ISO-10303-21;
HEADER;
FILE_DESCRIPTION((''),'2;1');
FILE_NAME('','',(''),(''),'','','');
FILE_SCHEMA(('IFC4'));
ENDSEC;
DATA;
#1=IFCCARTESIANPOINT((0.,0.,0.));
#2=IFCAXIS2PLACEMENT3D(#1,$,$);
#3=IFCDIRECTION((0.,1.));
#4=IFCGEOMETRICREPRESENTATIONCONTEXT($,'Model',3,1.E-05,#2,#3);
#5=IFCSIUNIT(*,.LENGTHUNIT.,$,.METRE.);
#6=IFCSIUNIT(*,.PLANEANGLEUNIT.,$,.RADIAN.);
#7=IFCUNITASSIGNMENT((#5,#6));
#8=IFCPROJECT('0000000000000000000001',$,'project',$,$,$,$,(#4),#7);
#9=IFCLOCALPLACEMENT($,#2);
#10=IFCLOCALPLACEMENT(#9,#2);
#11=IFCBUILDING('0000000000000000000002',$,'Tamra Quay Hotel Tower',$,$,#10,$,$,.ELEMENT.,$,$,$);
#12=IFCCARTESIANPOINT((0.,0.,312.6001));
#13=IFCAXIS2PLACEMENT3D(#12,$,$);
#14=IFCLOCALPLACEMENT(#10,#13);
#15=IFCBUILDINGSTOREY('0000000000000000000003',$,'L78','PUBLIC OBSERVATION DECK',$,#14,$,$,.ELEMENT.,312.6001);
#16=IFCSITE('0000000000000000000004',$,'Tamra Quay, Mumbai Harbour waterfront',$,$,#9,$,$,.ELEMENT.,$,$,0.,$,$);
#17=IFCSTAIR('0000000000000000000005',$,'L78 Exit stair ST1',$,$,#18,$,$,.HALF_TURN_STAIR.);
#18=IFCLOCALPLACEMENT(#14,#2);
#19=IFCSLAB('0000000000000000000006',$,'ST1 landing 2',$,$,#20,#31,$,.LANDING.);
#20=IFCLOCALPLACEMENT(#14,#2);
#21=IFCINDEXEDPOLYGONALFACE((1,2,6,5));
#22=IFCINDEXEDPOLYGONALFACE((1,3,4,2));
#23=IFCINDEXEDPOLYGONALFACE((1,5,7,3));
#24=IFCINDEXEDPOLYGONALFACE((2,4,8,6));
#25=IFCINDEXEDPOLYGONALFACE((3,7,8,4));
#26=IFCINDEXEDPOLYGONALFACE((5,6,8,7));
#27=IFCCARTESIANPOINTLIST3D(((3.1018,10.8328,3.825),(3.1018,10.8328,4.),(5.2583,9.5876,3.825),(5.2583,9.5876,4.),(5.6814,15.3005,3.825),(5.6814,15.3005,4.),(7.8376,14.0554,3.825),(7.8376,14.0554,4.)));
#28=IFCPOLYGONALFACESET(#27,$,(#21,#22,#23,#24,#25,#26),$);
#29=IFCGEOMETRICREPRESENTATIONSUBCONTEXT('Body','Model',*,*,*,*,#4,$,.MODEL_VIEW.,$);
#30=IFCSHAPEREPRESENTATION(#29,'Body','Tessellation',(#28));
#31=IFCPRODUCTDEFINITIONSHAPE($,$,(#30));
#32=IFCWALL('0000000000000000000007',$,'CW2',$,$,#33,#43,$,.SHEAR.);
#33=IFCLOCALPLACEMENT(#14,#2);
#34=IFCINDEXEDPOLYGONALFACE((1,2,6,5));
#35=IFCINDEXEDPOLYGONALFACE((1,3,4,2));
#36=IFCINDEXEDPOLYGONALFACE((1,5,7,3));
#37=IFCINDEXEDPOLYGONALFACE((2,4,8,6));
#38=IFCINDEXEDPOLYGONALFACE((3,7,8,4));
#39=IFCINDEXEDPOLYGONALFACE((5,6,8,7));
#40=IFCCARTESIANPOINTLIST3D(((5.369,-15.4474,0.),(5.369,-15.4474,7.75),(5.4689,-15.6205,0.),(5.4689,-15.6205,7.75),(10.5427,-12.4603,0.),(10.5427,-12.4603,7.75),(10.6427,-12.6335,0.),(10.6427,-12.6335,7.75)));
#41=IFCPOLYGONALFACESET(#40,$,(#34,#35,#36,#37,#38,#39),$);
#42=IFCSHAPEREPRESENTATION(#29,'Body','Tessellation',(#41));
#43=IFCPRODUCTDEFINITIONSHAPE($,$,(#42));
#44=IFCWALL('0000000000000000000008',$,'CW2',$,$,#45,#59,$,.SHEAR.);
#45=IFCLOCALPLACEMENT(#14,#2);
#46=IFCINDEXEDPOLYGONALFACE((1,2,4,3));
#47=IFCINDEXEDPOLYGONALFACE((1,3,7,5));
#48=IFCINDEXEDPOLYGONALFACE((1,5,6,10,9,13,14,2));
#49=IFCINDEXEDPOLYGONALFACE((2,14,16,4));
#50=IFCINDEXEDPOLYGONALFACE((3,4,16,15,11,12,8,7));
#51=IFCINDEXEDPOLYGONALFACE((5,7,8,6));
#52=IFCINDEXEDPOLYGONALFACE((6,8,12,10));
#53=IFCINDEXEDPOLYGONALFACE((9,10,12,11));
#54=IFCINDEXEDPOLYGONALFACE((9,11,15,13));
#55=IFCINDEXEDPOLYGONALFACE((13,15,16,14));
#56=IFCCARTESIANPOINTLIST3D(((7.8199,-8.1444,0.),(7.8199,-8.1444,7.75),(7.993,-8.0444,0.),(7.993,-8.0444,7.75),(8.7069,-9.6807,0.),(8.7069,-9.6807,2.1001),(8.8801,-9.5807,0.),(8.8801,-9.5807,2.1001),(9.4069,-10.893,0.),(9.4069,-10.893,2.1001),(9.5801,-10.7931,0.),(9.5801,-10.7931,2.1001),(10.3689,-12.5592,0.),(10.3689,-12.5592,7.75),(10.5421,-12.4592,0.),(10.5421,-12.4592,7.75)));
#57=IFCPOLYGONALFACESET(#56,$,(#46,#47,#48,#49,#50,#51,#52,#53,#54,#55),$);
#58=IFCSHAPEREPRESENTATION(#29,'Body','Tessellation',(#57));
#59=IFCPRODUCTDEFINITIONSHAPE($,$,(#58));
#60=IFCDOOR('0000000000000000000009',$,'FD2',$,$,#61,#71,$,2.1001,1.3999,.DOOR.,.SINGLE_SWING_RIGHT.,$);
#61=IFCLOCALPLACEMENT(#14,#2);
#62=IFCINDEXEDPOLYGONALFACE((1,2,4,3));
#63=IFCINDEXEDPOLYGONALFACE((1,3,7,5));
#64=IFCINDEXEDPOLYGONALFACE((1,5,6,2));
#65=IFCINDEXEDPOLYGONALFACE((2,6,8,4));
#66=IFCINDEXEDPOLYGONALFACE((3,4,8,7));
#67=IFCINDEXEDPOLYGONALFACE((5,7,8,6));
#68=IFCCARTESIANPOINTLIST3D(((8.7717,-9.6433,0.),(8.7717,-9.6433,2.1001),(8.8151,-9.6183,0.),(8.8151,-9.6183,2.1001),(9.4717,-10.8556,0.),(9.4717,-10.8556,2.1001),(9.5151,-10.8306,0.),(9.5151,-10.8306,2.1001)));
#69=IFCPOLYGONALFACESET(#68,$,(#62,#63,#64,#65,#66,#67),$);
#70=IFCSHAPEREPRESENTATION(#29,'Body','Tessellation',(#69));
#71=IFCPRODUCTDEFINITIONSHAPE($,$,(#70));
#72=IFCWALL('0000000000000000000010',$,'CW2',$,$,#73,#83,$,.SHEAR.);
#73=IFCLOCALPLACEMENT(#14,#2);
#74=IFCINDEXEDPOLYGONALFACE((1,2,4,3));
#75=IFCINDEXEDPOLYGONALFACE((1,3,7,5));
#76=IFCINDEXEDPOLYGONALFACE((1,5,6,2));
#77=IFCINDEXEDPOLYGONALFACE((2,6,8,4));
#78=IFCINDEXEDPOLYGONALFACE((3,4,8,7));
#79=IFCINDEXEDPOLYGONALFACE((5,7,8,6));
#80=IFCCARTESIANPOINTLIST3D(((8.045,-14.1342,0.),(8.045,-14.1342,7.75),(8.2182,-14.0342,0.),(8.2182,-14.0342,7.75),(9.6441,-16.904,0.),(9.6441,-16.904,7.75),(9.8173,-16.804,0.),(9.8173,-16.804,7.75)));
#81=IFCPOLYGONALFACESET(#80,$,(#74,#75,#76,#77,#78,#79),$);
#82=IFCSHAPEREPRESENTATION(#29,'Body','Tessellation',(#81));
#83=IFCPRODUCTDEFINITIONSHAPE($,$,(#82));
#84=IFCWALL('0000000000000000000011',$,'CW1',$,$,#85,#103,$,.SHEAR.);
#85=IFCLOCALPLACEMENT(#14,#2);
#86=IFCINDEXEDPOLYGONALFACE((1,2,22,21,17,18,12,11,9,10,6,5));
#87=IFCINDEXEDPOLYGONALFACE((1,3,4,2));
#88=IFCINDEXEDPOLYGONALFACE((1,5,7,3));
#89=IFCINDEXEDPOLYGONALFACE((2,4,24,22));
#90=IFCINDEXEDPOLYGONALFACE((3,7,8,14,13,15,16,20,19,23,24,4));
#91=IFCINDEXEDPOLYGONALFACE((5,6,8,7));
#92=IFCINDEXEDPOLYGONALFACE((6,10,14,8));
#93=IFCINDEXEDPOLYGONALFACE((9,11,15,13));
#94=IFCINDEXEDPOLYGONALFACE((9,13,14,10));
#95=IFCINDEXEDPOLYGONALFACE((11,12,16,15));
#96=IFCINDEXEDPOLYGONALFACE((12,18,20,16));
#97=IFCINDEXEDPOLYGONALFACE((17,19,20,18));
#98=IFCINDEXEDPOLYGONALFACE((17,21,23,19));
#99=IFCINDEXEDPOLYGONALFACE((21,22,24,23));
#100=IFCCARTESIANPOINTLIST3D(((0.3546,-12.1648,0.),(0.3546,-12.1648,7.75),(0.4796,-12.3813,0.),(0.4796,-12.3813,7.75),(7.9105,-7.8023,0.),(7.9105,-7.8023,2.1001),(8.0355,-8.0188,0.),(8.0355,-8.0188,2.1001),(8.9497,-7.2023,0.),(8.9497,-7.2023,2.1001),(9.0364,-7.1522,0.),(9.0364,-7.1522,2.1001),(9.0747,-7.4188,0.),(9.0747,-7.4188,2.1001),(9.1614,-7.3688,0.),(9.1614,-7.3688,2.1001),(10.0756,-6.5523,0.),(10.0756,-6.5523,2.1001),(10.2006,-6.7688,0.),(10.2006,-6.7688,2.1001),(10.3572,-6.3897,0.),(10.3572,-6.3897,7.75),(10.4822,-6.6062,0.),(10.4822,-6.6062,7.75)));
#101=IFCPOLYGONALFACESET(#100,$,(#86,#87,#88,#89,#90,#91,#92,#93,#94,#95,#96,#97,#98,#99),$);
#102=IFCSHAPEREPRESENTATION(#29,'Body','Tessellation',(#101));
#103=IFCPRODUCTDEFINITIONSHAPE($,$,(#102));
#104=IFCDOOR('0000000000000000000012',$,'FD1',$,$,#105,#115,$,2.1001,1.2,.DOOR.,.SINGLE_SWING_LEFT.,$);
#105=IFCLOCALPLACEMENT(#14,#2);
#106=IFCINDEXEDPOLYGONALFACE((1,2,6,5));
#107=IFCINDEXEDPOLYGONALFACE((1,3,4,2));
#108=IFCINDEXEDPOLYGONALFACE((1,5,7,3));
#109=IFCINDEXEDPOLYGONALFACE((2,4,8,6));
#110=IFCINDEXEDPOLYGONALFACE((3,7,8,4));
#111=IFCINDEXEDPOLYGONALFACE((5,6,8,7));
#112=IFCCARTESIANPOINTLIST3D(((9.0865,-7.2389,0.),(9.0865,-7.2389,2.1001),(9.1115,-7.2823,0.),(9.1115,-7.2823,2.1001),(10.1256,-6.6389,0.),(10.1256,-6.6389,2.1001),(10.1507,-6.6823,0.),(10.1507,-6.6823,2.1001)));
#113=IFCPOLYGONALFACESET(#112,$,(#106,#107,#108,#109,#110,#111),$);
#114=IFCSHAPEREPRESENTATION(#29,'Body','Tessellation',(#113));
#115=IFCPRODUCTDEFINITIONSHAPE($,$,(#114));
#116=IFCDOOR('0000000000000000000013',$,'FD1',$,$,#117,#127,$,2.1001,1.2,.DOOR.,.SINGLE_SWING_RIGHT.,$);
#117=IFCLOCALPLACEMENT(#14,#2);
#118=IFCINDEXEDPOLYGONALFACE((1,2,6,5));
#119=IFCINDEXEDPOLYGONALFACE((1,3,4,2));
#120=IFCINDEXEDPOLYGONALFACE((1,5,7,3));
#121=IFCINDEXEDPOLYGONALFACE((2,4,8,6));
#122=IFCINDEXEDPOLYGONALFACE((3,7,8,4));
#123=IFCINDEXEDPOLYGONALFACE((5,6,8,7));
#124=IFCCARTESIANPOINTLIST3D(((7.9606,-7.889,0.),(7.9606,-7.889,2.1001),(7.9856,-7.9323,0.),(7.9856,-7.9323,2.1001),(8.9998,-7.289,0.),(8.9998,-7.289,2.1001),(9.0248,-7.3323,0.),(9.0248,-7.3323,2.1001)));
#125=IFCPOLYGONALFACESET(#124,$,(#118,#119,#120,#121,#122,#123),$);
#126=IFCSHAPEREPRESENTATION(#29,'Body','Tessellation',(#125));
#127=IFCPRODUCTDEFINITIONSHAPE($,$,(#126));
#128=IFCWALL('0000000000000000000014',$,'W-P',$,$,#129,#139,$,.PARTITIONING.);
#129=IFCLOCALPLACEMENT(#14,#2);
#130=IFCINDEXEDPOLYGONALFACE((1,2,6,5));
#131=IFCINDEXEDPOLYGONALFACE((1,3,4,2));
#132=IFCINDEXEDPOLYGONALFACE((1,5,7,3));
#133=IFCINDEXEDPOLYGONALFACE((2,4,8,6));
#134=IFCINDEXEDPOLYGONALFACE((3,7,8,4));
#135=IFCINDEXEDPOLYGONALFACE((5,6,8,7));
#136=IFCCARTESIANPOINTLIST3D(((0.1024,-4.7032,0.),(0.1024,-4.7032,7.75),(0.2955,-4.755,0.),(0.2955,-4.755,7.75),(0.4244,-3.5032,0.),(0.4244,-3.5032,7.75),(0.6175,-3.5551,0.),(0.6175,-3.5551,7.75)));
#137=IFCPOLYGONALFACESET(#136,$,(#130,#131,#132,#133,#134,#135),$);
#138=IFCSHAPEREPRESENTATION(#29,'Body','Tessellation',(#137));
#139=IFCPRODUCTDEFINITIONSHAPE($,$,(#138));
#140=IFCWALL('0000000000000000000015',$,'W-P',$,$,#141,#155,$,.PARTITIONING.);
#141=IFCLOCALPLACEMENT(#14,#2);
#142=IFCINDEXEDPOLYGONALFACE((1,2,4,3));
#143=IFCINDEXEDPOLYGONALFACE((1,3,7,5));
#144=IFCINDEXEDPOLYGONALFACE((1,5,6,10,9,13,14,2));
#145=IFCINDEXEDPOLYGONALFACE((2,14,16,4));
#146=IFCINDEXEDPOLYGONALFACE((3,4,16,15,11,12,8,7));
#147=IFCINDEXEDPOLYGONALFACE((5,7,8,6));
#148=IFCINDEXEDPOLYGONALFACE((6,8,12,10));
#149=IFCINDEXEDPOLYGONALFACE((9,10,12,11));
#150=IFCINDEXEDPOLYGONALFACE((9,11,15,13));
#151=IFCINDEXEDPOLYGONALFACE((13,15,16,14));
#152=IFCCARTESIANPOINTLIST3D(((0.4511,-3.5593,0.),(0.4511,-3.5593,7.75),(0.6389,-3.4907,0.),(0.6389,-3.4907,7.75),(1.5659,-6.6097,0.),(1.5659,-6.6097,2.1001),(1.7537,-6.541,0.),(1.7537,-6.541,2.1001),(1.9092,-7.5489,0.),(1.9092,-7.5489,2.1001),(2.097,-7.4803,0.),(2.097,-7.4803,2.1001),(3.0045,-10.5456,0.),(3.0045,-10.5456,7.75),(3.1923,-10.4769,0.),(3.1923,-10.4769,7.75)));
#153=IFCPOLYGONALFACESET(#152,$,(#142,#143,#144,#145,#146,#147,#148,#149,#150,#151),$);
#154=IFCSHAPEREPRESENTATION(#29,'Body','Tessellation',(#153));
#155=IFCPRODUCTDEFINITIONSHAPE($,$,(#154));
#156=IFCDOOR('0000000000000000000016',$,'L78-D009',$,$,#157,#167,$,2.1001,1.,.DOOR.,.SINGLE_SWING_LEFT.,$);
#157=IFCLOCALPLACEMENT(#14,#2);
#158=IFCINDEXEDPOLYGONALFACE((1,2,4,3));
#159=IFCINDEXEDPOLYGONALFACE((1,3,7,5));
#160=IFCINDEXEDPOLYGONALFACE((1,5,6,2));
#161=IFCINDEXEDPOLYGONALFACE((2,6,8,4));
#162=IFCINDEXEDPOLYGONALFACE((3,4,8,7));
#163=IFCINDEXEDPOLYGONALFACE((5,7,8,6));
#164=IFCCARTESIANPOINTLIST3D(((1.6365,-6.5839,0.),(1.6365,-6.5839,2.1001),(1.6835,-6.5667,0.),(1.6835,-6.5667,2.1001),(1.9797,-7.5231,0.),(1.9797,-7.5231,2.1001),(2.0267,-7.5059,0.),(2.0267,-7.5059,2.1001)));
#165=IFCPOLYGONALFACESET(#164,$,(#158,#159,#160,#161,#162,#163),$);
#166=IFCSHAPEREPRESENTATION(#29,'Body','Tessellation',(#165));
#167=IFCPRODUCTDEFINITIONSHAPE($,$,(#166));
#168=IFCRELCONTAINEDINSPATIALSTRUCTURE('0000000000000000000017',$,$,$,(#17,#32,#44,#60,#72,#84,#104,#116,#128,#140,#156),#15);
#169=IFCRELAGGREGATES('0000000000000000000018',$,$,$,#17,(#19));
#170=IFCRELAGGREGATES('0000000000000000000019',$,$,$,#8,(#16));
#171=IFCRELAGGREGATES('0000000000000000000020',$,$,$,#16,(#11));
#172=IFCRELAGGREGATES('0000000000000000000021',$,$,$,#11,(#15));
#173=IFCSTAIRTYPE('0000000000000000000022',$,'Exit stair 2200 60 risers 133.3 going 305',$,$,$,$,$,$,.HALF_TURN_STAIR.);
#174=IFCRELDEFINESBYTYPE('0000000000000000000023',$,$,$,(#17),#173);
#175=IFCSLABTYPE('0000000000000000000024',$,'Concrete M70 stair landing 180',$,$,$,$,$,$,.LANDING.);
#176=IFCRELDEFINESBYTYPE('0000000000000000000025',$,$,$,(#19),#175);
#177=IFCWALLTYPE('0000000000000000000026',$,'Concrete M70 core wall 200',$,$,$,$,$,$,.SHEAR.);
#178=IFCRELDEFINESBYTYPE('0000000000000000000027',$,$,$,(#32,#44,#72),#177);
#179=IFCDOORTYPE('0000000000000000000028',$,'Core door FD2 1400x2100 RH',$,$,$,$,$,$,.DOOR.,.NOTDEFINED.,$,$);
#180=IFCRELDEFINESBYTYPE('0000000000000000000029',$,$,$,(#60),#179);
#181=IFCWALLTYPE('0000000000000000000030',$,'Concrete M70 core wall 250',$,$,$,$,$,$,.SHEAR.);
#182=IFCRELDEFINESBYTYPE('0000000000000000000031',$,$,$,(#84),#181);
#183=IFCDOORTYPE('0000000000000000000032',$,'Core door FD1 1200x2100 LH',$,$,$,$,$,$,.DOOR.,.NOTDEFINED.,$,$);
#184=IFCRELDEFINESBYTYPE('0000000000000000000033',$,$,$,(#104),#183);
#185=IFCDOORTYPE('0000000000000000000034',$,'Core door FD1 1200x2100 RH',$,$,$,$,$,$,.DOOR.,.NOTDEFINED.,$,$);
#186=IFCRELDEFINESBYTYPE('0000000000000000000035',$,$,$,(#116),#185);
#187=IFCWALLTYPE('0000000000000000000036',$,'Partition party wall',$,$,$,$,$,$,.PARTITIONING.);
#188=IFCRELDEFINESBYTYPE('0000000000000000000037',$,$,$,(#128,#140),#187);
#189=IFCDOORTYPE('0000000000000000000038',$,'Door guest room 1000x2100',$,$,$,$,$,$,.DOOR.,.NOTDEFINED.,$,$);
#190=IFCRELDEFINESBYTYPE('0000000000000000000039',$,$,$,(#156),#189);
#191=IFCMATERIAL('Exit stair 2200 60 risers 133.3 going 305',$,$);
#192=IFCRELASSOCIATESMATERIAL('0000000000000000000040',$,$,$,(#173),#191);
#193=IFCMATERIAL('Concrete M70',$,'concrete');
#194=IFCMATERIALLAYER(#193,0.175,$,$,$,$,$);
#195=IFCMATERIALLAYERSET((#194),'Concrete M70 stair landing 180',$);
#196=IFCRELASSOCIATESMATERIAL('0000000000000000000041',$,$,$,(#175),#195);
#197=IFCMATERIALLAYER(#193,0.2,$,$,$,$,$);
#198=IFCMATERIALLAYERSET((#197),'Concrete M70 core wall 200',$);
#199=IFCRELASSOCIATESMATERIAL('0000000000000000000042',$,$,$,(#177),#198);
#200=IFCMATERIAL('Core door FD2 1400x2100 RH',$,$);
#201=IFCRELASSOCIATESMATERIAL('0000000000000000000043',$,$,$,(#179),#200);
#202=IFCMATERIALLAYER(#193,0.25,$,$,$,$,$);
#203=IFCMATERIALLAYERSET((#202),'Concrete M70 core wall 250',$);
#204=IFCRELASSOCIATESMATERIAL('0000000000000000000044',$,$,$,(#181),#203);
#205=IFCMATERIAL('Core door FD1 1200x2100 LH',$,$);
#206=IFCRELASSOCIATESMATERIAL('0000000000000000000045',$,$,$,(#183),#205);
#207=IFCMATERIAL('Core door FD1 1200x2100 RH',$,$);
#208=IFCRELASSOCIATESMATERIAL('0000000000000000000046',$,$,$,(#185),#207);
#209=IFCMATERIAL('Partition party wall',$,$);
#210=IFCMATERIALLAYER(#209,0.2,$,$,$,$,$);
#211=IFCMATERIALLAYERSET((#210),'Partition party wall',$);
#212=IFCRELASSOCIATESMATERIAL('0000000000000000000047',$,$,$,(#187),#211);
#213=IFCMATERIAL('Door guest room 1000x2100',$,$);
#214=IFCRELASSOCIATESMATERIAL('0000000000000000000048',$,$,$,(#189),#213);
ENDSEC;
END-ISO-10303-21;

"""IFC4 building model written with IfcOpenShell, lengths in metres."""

from ifc_helpers import new_model, si_unit, direction, frame, frame_2d, origin, place, context, subcontext, project, spatial, polyline, rectangle, outline, extrude, material, layer, layer_set, type_object, element, fill, aggregate, save


model = new_model("IFC4")

# Units and contexts
model_context = context("Model", 3, precision=1e-05, world=origin(), true_north=direction((0.0, 1.0)))
body_context = subcontext(model_context, "Body", "Model", "MODEL_VIEW")
ifc_project = project(units=[si_unit("LENGTHUNIT", "METRE"), si_unit("PLANEANGLEUNIT", "RADIAN")], contexts=[model_context])

# Site, building, storey
site_placement = place(None, origin())
site = spatial("IfcSite", under=ifc_project, at=site_placement, Name="Tamra Quay, Mumbai Harbour waterfront", CompositionType="ELEMENT", RefElevation=0.0)
building_placement = place(site_placement, origin())
building = spatial("IfcBuilding", under=site, at=building_placement, Name="Tamra Quay Hotel Tower", CompositionType="ELEMENT")
storey_placement = place(building_placement, frame((0.0, 0.0, 312.6001)))
storey = spatial("IfcBuildingStorey", under=building, at=storey_placement, Name="L78", Description="PUBLIC OBSERVATION DECK", CompositionType="ELEMENT", Elevation=312.6001)

# Stair, slab
ifc_material_1 = material(Name="Exit stair 2200 60 risers 133.3 going 305")
stair_type = type_object("IfcStairType", Name="Exit stair 2200 60 risers 133.3 going 305", PredefinedType="HALF_TURN_STAIR", material=ifc_material_1)
stair_1_placement = place(storey_placement, origin())
stair_1 = element("IfcStair", 1, at=stair_1_placement, inside=storey, type_object=stair_type, Name="L78 Exit stair ST1", PredefinedType="HALF_TURN_STAIR")
ifc_material_2 = material(Name="Concrete M70", Category="concrete")
ifc_layer_1 = layer(ifc_material_2, 0.175)
ifc_layer_set_1 = layer_set([ifc_layer_1], Name="Concrete M70 stair landing 180")
slab_type = type_object("IfcSlabType", Name="Concrete M70 stair landing 180", PredefinedType="LANDING", material=ifc_layer_set_1)
slab_placement = place(storey_placement, frame((0.0, 0.0, 3.825)))
slab = element("IfcSlab", 2, at=slab_placement, type_object=slab_type, Name="ST1 landing 2", PredefinedType="LANDING", context=body_context, shape_type="SweptSolid", body=[
    extrude(outline(polyline([(3.1018, 10.8328), (5.2583, 9.5876), (7.8376, 14.0554), (5.6814, 15.3005), (3.1018, 10.8328)])), origin(), (0.0, 0.0, 1.0), 0.175),
])
aggregate(stair_1, [slab])

# Wall
ifc_layer_2 = layer(ifc_material_2, 0.2)
ifc_layer_set_2 = layer_set([ifc_layer_2], Name="Concrete M70 core wall 200")
wall_type_1 = type_object("IfcWallType", Name="Concrete M70 core wall 200", PredefinedType="SHEAR", material=ifc_layer_set_2)
wall_1_placement = place(storey_placement, frame((5.4189, -15.5339, 0.0), z_axis=(0.0, 0.0, 1.0), x_axis=(0.866029, 0.499994, 0.0)))
element("IfcWall", 3, at=wall_1_placement, inside=storey, type_object=wall_type_1, Name="CW2", PredefinedType="SHEAR", context=body_context, shape_type="SweptSolid", body=[
    extrude(rectangle(XDim=5.9741, YDim=0.2, at=frame_2d((2.9871, 0.0))), origin(), (0.0, 0.0, 1.0), 7.75),
])

# Wall, opening, door
wall_2_placement = place(storey_placement, frame((7.9065, -8.0945, 0.0), z_axis=(0.0, 0.0, 1.0), x_axis=(0.500028, -0.866009, 0.0)))
wall_2 = element("IfcWall", 4, at=wall_2_placement, inside=storey, type_object=wall_type_1, Name="CW2", PredefinedType="SHEAR", context=body_context, shape_type="SweptSolid", body=[
    extrude(rectangle(XDim=5.0979, YDim=0.2, at=frame_2d((2.5488, 0.0))), origin(), (0.0, 0.0, 1.0), 7.75),
])
opening_1_placement = place(wall_2_placement, frame((1.7739, 0.0, 0.0)))
opening_1 = element("IfcOpeningElement", 5, at=opening_1_placement, cuts=wall_2, PredefinedType="OPENING", context=body_context, shape_type="SweptSolid", body=[
    extrude(rectangle(XDim=1.3999, YDim=2.1001, at=frame_2d((0.7, 1.05))), frame((0.0, 0.1099, 0.0), z_axis=(0.0, -1.0, 0.0), x_axis=(1.0, 0.0, 0.0)), (0.0, 0.0, 1.0), 0.22),
])
ifc_material_3 = material(Name="Core door FD2 1400x2100 RH")
door_type_1 = type_object("IfcDoorType", Name="Core door FD2 1400x2100 RH", OperationType="NOTDEFINED", PredefinedType="DOOR", material=ifc_material_3)
door_1_placement = place(opening_1_placement, origin())
door_1 = element("IfcDoor", 6, at=door_1_placement, inside=storey, type_object=door_type_1, Name="FD2", OperationType="SINGLE_SWING_RIGHT", OverallHeight=2.1001, OverallWidth=1.3999, PredefinedType="DOOR", context=body_context, shape_type="SweptSolid", body=[
    extrude(rectangle(XDim=1.3999, YDim=2.1001, at=frame_2d((0.7, 1.05))), frame((0.0, 0.0249, 0.0), z_axis=(0.0, -1.0, 0.0), x_axis=(1.0, 0.0, 0.0)), (0.0, 0.0, 1.0), 0.05),
])
fill(opening_1, door_1)

# Wall
wall_3_placement = place(storey_placement, frame((8.1316, -14.0842, 0.0), z_axis=(0.0, 0.0, 1.0), x_axis=(0.499998, -0.866027, 0.0)))
element("IfcWall", 7, at=wall_3_placement, inside=storey, type_object=wall_type_1, Name="CW2", PredefinedType="SHEAR", context=body_context, shape_type="SweptSolid", body=[
    extrude(rectangle(XDim=3.1982, YDim=0.2, at=frame_2d((1.5991, 0.0))), origin(), (0.0, 0.0, 1.0), 7.75),
])

# Wall, openings, doors
ifc_layer_3 = layer(ifc_material_2, 0.25)
ifc_layer_set_3 = layer_set([ifc_layer_3], Name="Concrete M70 core wall 250")
wall_type_2 = type_object("IfcWallType", Name="Concrete M70 core wall 250", PredefinedType="SHEAR", material=ifc_layer_set_3)
wall_4_placement = place(storey_placement, frame((0.4172, -12.2729, 0.0), z_axis=(0.0, 0.0, 1.0), x_axis=(0.866022, 0.500006, 0.0)))
wall_4 = element("IfcWall", 8, at=wall_4_placement, inside=storey, type_object=wall_type_2, Name="CW1", PredefinedType="SHEAR", context=body_context, shape_type="SweptSolid", body=[
    extrude(rectangle(XDim=11.55, YDim=0.25, at=frame_2d((5.7749, 0.0))), origin(), (0.0, 0.0, 1.0), 7.75),
])
opening_2_placement = place(wall_4_placement, frame((10.0247, 0.0, 0.0)))
opening_2 = element("IfcOpeningElement", 9, at=opening_2_placement, cuts=wall_4, PredefinedType="OPENING", context=body_context, shape_type="SweptSolid", body=[
    extrude(rectangle(XDim=1.2, YDim=2.1001, at=frame_2d((0.6001, 1.05))), frame((0.0, 0.135, 0.0), z_axis=(0.0, -1.0, 0.0), x_axis=(1.0, 0.0, 0.0)), (0.0, 0.0, 1.0), 0.27),
])
opening_3_placement = place(wall_4_placement, frame((8.7246, 0.0, 0.0)))
opening_3 = element("IfcOpeningElement", 10, at=opening_3_placement, cuts=wall_4, PredefinedType="OPENING", context=body_context, shape_type="SweptSolid", body=[
    extrude(rectangle(XDim=1.2, YDim=2.1001, at=frame_2d((0.6001, 1.05))), frame((0.0, 0.135, 0.0), z_axis=(0.0, -1.0, 0.0), x_axis=(1.0, 0.0, 0.0)), (0.0, 0.0, 1.0), 0.27),
])
ifc_material_4 = material(Name="Core door FD1 1200x2100 LH")
door_type_2 = type_object("IfcDoorType", Name="Core door FD1 1200x2100 LH", OperationType="NOTDEFINED", PredefinedType="DOOR", material=ifc_material_4)
door_2_placement = place(opening_2_placement, origin())
door_2 = element("IfcDoor", 11, at=door_2_placement, inside=storey, type_object=door_type_2, Name="FD1", OperationType="SINGLE_SWING_LEFT", OverallHeight=2.1001, OverallWidth=1.2, PredefinedType="DOOR", context=body_context, shape_type="SweptSolid", body=[
    extrude(rectangle(XDim=1.2, YDim=2.1001, at=frame_2d((0.6001, 1.05))), frame((0.0, 0.0249, 0.0), z_axis=(0.0, -1.0, 0.0), x_axis=(1.0, 0.0, 0.0)), (0.0, 0.0, 1.0), 0.05),
])
fill(opening_2, door_2)
ifc_material_5 = material(Name="Core door FD1 1200x2100 RH")
door_type_3 = type_object("IfcDoorType", Name="Core door FD1 1200x2100 RH", OperationType="NOTDEFINED", PredefinedType="DOOR", material=ifc_material_5)
door_3_placement = place(opening_3_placement, origin())
door_3 = element("IfcDoor", 12, at=door_3_placement, inside=storey, type_object=door_type_3, Name="FD1", OperationType="SINGLE_SWING_RIGHT", OverallHeight=2.1001, OverallWidth=1.2, PredefinedType="DOOR", context=body_context, shape_type="SweptSolid", body=[
    extrude(rectangle(XDim=1.2, YDim=2.1001, at=frame_2d((0.6001, 1.05))), frame((0.0, 0.0249, 0.0), z_axis=(0.0, -1.0, 0.0), x_axis=(1.0, 0.0, 0.0)), (0.0, 0.0, 1.0), 0.05),
])
fill(opening_3, door_3)

# Wall
ifc_material_6 = material(Name="Partition party wall")
ifc_layer_4 = layer(ifc_material_6, 0.2)
ifc_layer_set_4 = layer_set([ifc_layer_4], Name="Partition party wall")
wall_type_3 = type_object("IfcWallType", Name="Partition party wall", PredefinedType="PARTITIONING", material=ifc_layer_set_4)
wall_5_placement = place(storey_placement, frame((0.199, -4.729, 0.0), z_axis=(0.0, 0.0, 1.0), x_axis=(0.259191, 0.965826, 0.0)))
element("IfcWall", 13, at=wall_5_placement, inside=storey, type_object=wall_type_3, Name="W-P", PredefinedType="PARTITIONING", context=body_context, shape_type="SweptSolid", body=[
    extrude(rectangle(XDim=1.2424, YDim=0.2, at=frame_2d((0.6211, 0.0))), origin(), (0.0, 0.0, 1.0), 7.75),
])

# Wall, opening, door
wall_6_placement = place(storey_placement, frame((0.5449, -3.5249, 0.0), z_axis=(0.0, 0.0, 1.0), x_axis=(0.343284, -0.939232, 0.0)))
wall_6 = element("IfcWall", 14, at=wall_6_placement, inside=storey, type_object=wall_type_3, Name="W-P", PredefinedType="PARTITIONING", context=body_context, shape_type="SweptSolid", body=[
    extrude(rectangle(XDim=7.4382, YDim=0.2, at=frame_2d((3.7192, 0.0))), origin(), (0.0, 0.0, 1.0), 7.75),
])
opening_4_placement = place(wall_6_placement, frame((3.2478, 0.0, 0.0)))
opening_4 = element("IfcOpeningElement", 15, at=opening_4_placement, cuts=wall_6, PredefinedType="OPENING", context=body_context, shape_type="SweptSolid", body=[
    extrude(rectangle(XDim=1.0, YDim=2.1001, at=frame_2d((0.5, 1.05))), frame((0.0, 0.1099, 0.0), z_axis=(0.0, -1.0, 0.0), x_axis=(1.0, 0.0, 0.0)), (0.0, 0.0, 1.0), 0.22),
])
ifc_material_7 = material(Name="Door guest room 1000x2100")
door_type_4 = type_object("IfcDoorType", Name="Door guest room 1000x2100", OperationType="NOTDEFINED", PredefinedType="DOOR", material=ifc_material_7)
door_4_placement = place(opening_4_placement, frame((1.0, 0.0, 0.0), z_axis=(0.0, 0.0, 1.0), x_axis=(-1.0, 0.0, 0.0)))
door_4 = element("IfcDoor", 16, at=door_4_placement, inside=storey, type_object=door_type_4, Name="L78-D009", OperationType="SINGLE_SWING_LEFT", OverallHeight=2.1001, OverallWidth=1.0, PredefinedType="DOOR", context=body_context, shape_type="SweptSolid", body=[
    extrude(rectangle(XDim=1.0, YDim=2.1001, at=frame_2d((0.5, 1.05))), frame((0.0, 0.0249, 0.0), z_axis=(0.0, -1.0, 0.0), x_axis=(1.0, 0.0, 0.0)), (0.0, 0.0, 1.0), 0.05),
])
fill(opening_4, door_4)

save(model, "model.ifc")
